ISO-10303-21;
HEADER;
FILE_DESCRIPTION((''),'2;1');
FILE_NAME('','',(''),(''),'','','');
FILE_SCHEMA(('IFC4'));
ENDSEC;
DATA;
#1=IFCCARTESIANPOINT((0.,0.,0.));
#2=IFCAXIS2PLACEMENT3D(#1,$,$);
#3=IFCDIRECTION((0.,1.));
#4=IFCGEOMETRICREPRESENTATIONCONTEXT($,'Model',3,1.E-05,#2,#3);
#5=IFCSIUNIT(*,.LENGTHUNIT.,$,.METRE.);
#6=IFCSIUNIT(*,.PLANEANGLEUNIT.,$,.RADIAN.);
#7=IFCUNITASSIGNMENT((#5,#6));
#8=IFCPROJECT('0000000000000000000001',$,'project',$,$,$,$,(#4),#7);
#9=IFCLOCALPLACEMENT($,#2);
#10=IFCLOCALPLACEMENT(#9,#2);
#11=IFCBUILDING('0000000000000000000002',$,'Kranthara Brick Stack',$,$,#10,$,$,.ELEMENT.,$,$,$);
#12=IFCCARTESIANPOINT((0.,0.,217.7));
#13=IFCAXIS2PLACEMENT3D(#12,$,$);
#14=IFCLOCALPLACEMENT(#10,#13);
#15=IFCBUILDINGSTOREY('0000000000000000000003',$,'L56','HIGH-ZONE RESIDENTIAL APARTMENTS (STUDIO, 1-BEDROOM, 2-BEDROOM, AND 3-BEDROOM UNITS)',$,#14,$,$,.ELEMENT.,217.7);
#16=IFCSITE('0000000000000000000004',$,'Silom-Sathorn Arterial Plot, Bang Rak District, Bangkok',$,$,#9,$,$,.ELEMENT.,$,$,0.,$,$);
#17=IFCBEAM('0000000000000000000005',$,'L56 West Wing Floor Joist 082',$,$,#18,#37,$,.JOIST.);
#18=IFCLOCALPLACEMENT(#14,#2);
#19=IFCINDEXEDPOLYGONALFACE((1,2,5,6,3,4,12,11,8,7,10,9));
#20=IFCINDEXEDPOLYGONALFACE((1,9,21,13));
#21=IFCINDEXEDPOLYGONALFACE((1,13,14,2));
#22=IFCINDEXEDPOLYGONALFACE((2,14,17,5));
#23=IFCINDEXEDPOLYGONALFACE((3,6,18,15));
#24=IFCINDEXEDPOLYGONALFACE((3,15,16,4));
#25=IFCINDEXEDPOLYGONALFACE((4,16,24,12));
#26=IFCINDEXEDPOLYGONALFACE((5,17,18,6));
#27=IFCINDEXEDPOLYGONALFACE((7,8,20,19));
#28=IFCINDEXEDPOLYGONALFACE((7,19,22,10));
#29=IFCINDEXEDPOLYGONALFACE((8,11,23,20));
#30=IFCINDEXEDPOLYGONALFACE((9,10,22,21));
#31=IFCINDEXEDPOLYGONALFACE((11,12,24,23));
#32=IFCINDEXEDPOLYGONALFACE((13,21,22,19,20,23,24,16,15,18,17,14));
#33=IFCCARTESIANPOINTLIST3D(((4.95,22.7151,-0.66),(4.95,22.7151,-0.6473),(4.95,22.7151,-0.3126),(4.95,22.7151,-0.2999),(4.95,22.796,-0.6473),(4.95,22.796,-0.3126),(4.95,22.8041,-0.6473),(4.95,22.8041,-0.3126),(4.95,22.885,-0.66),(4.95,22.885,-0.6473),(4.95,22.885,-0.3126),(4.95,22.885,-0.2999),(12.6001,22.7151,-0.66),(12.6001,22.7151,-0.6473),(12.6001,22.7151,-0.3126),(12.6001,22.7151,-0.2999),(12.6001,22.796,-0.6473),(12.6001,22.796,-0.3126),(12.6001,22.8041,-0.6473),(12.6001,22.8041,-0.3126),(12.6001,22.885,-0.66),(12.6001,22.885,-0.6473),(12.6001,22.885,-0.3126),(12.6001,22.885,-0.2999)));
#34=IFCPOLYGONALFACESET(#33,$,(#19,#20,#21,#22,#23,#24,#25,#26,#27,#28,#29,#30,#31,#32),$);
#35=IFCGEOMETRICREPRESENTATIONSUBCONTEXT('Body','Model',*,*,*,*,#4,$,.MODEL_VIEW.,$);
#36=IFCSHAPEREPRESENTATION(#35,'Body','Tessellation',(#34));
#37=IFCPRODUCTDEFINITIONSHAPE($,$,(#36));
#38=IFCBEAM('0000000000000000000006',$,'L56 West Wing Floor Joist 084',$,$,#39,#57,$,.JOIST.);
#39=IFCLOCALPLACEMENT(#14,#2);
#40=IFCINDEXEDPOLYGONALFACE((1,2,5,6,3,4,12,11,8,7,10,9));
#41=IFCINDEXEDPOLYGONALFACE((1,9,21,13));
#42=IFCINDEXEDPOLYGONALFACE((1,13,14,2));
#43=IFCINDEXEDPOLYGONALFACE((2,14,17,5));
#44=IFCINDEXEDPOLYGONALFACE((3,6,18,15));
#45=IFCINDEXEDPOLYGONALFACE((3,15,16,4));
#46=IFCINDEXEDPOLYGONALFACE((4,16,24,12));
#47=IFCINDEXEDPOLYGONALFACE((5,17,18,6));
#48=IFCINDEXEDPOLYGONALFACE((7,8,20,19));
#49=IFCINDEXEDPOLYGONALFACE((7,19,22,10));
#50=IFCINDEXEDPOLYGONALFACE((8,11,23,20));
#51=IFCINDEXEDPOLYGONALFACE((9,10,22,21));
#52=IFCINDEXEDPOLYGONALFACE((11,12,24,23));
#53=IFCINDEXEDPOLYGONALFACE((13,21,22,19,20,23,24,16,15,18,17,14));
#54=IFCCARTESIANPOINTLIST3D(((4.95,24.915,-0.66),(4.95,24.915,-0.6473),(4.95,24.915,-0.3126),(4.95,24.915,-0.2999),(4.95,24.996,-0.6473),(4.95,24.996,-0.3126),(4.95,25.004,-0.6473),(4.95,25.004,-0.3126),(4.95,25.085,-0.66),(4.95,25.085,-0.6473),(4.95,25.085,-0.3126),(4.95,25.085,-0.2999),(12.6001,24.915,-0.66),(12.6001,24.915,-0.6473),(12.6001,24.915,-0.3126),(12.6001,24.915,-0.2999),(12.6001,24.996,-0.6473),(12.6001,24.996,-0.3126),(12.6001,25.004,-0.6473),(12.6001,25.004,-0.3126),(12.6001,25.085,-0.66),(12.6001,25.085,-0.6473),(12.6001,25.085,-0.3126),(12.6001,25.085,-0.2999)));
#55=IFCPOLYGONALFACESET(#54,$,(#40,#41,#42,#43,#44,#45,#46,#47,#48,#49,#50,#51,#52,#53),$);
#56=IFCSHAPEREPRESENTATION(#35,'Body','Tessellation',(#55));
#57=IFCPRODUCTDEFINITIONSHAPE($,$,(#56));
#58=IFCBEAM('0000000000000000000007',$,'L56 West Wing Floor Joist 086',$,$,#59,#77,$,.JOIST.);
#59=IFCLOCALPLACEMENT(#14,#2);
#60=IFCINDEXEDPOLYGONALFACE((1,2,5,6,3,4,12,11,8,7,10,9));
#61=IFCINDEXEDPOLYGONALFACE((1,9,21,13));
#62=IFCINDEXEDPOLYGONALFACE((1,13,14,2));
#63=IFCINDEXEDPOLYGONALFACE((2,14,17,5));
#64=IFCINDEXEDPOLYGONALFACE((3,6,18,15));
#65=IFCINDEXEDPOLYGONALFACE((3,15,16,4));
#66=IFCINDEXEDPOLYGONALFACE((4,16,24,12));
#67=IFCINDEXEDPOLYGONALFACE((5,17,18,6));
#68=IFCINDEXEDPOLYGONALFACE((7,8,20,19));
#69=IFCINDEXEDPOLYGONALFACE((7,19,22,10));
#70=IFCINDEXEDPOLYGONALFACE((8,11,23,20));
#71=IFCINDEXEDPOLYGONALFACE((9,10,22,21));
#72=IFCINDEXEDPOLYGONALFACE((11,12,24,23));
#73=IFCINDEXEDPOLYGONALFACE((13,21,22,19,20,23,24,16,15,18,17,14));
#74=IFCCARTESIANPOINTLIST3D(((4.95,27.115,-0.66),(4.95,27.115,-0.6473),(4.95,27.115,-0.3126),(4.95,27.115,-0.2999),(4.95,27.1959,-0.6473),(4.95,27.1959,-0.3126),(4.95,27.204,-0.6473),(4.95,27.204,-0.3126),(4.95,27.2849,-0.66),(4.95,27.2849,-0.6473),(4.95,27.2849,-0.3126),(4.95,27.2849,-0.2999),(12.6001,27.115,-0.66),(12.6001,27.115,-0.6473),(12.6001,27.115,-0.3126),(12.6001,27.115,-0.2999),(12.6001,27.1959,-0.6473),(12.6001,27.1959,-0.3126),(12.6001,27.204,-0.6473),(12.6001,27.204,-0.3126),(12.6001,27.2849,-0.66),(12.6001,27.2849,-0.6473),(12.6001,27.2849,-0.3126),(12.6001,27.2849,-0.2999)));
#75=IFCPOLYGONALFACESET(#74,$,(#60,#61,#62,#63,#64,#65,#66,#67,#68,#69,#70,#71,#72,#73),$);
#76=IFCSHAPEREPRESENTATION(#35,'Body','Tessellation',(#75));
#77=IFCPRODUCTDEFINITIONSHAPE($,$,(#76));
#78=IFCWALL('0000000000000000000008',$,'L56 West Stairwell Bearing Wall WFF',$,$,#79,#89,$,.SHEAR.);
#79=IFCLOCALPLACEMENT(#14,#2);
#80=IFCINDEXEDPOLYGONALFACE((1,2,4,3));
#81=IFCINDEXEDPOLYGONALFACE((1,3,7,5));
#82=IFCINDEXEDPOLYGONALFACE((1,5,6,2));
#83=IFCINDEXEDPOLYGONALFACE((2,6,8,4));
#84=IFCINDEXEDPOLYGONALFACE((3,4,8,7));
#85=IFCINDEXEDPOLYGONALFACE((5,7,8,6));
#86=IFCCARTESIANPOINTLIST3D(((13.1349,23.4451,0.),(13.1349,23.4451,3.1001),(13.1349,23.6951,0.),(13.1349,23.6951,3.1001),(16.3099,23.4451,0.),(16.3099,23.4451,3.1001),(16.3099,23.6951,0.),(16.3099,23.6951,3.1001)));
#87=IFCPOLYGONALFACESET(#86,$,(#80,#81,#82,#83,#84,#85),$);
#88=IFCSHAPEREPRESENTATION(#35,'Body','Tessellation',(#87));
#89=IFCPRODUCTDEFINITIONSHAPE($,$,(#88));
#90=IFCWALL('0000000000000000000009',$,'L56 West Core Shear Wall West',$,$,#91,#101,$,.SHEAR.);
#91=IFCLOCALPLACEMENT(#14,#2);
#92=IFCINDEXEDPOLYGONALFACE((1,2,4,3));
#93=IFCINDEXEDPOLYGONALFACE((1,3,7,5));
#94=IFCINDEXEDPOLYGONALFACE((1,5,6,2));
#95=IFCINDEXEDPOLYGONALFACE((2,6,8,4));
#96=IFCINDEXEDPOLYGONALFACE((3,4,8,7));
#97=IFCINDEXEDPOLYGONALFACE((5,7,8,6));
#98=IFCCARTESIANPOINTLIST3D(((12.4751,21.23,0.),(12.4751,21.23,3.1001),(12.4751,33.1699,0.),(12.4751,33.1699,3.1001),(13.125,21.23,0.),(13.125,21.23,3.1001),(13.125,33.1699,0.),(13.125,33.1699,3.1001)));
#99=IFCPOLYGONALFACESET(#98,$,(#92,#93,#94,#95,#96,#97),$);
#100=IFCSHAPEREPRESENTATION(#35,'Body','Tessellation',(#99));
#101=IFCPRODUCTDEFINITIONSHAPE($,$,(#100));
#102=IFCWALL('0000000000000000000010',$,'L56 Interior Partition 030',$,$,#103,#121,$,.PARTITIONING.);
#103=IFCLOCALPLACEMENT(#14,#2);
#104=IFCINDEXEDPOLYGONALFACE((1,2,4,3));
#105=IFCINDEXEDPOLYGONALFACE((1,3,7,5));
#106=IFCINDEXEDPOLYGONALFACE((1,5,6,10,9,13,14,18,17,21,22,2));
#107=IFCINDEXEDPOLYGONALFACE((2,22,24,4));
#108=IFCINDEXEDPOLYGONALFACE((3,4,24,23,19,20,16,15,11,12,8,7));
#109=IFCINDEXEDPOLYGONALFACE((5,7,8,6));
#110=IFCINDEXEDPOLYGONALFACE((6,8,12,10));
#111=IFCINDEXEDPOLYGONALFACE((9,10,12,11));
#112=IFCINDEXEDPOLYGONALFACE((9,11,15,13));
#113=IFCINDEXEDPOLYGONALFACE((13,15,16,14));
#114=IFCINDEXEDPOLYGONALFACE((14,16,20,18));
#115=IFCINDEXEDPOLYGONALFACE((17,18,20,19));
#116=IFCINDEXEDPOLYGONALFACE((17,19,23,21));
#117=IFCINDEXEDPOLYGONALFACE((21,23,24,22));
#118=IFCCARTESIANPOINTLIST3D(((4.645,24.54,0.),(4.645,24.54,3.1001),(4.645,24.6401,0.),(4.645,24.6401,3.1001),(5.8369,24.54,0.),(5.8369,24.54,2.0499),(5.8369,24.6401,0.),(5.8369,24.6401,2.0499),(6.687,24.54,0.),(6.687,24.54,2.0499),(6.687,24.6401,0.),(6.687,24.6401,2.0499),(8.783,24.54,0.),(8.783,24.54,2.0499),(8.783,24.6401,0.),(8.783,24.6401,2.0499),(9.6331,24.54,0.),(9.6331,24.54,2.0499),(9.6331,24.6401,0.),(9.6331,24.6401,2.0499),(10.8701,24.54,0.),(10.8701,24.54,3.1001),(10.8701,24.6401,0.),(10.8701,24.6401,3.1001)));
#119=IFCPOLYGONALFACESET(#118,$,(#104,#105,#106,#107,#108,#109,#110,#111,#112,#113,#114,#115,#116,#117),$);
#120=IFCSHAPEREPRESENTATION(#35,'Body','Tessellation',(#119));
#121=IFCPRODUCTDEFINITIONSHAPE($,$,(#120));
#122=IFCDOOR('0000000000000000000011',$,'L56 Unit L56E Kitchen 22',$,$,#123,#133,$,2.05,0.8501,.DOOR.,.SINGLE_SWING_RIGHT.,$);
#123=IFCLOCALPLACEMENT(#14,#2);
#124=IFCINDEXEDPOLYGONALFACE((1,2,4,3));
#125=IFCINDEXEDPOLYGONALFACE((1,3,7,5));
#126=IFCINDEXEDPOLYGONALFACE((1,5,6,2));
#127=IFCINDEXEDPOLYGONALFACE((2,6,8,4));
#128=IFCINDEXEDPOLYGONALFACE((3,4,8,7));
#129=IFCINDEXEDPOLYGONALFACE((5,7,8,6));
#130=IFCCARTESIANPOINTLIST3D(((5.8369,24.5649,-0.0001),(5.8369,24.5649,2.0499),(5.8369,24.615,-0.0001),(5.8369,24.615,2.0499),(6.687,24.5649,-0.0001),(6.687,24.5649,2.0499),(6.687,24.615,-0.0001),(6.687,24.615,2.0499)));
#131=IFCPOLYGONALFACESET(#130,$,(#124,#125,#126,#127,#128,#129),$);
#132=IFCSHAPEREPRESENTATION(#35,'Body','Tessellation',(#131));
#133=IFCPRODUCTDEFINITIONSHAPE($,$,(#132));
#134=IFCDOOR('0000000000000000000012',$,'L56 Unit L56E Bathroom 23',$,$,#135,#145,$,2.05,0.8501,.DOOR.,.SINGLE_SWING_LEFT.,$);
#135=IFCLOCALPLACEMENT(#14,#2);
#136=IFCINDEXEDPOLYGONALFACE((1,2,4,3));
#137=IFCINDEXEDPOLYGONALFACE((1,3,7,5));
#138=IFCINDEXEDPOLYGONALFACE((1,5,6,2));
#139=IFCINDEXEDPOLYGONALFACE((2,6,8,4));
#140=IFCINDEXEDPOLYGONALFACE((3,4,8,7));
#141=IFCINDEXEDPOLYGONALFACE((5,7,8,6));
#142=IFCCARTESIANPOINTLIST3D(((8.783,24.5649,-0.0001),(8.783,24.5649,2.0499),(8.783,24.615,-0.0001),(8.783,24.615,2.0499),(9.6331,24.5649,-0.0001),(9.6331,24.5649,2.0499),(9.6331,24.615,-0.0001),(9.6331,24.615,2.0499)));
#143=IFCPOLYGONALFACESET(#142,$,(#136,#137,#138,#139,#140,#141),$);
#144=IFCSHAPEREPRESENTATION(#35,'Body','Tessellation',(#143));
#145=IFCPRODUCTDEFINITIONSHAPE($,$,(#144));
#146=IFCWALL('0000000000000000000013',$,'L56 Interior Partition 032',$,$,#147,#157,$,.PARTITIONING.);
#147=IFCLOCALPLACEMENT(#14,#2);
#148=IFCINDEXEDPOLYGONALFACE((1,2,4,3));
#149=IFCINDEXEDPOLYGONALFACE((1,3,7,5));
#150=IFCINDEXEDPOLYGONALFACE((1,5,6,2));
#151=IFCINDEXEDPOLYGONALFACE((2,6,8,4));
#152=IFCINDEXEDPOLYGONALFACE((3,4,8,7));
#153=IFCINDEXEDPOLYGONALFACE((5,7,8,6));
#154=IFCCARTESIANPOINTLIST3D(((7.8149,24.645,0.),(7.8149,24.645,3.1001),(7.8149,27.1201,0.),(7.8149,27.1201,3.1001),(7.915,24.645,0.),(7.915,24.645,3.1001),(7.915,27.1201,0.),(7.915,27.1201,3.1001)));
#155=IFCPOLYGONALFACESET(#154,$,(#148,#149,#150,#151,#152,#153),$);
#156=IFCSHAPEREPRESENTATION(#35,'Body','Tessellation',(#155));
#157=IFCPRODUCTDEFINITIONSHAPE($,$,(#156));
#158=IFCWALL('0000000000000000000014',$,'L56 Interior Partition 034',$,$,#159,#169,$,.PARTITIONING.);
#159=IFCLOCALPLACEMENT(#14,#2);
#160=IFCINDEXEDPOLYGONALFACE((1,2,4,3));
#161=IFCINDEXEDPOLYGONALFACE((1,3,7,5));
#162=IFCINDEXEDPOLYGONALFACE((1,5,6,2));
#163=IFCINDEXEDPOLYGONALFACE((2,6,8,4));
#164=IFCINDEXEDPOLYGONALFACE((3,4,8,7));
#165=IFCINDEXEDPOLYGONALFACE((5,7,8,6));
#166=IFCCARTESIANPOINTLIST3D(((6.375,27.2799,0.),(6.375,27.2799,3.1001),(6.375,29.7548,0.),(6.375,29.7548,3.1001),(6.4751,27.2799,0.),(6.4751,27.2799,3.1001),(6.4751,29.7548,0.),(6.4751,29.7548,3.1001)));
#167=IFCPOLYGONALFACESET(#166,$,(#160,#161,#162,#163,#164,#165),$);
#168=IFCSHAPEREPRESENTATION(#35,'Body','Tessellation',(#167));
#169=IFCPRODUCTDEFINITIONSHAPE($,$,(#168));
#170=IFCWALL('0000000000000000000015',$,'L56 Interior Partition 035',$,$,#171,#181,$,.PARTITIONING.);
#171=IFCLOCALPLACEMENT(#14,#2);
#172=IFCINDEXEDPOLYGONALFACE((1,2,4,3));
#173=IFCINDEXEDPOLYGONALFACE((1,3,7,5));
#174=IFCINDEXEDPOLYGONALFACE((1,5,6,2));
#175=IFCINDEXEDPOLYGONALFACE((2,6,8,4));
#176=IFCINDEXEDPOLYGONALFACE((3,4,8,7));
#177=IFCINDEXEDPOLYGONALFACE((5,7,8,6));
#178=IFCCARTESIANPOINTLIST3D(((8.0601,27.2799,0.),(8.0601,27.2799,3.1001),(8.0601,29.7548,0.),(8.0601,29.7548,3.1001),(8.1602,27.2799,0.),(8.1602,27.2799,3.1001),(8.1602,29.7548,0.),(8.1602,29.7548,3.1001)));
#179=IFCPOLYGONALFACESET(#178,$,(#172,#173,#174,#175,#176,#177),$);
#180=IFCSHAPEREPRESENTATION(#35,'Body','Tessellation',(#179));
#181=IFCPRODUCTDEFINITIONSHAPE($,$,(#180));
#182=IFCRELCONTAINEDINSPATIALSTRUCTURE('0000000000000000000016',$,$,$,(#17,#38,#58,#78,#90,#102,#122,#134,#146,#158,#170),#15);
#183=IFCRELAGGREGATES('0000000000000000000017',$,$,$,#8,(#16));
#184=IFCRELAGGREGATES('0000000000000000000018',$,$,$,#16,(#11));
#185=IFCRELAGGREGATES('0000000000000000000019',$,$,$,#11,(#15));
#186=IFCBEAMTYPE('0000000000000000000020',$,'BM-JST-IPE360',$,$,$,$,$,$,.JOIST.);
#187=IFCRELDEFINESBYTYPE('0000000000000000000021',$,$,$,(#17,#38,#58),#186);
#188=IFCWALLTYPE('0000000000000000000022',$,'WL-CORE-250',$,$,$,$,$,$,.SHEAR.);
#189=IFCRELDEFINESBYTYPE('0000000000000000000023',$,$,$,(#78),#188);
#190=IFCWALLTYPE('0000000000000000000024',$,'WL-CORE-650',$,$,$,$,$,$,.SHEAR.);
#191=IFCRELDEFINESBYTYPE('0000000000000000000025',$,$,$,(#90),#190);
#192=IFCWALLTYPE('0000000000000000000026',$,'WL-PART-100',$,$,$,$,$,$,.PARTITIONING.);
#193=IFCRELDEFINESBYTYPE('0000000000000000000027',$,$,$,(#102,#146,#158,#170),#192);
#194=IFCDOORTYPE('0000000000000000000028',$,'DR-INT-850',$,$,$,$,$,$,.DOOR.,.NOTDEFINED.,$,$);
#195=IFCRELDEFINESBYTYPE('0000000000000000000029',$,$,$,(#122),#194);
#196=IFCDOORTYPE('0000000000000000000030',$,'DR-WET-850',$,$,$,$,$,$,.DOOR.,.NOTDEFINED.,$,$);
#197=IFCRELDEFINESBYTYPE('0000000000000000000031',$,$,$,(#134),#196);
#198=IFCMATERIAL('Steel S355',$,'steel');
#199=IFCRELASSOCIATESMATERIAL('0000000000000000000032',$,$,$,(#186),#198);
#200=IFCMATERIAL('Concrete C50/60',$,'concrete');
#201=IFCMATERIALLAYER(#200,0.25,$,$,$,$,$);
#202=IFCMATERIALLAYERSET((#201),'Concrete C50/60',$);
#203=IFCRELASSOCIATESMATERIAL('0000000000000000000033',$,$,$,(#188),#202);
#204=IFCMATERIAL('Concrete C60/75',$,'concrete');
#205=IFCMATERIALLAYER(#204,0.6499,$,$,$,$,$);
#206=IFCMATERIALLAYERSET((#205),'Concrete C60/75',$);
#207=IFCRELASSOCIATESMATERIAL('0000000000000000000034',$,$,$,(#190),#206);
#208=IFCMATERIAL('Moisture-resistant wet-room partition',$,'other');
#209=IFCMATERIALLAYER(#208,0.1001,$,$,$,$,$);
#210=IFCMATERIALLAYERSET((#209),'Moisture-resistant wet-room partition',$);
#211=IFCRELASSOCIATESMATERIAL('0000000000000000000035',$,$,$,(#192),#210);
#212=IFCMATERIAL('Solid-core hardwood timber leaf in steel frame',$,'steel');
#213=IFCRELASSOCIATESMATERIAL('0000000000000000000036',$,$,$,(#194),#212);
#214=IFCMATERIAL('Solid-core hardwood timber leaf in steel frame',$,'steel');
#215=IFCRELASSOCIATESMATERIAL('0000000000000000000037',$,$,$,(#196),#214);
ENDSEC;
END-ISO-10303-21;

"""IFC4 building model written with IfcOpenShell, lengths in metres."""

from ifc_helpers import new_model, si_unit, direction, frame, frame_2d, origin, origin_2d, place, context, subcontext, project, spatial, rectangle, i_section, extrude, material, layer, layer_set, material_profile, profile_set, type_object, element, fill, save


model = new_model("IFC4")

# Units and contexts
model_context = context("Model", 3, precision=1e-05, world=origin(), true_north=direction((0.0, 1.0)))
body_context = subcontext(model_context, "Body", "Model", "MODEL_VIEW")
ifc_project = project(units=[si_unit("LENGTHUNIT", "METRE"), si_unit("PLANEANGLEUNIT", "RADIAN")], contexts=[model_context])

# Site, building, storey
site_placement = place(None, origin())
site = spatial("IfcSite", under=ifc_project, at=site_placement, Name="Silom-Sathorn Arterial Plot, Bang Rak District, Bangkok", CompositionType="ELEMENT", RefElevation=0.0)
building_placement = place(site_placement, origin())
building = spatial("IfcBuilding", under=site, at=building_placement, Name="Kranthara Brick Stack", CompositionType="ELEMENT")
storey_placement = place(building_placement, frame((0.0, 0.0, 217.7)))
storey = spatial("IfcBuildingStorey", under=building, at=storey_placement, Name="L56", Description="HIGH-ZONE RESIDENTIAL APARTMENTS (STUDIO, 1-BEDROOM, 2-BEDROOM, AND 3-BEDROOM UNITS)", CompositionType="ELEMENT", Elevation=217.7)

# Beams
ifc_material_1 = material(Name="Steel S355", Category="steel")
ifc_material_profile = material_profile(ifc_material_1, i_section(OverallWidth=0.1699, OverallDepth=0.3601, WebThickness=0.0081, FlangeThickness=0.0127, at=origin_2d()), Name="IPE 360")
ifc_profile_set = profile_set([ifc_material_profile], Name="Steel S355")
beam_type = type_object("IfcBeamType", Name="BM-JST-IPE360", PredefinedType="JOIST", material=ifc_profile_set)
for number, where, z_axis, x_axis, name in (
    (1, (4.95, 22.8, -0.48), (1.0, 0.0, 0.0), (0.0, 1.0, 0.0), "L56 West Wing Floor Joist 082"),
    (2, (4.95, 25.0, -0.48), (1.0, 0.0, 0.0), (0.0, 1.0, 0.0), "L56 West Wing Floor Joist 084"),
    (3, (4.95, 27.2, -0.48), (1.0, 0.0, 0.0), (0.0, 1.0, 0.0), "L56 West Wing Floor Joist 086"),
):
    element("IfcBeam", number, at=place(storey_placement, frame(where, z_axis=z_axis, x_axis=x_axis)), inside=storey, type_object=beam_type, Name=name, PredefinedType="JOIST", context=body_context, shape_type="SweptSolid", body=[
        extrude(i_section(OverallWidth=0.1699, OverallDepth=0.3601, WebThickness=0.0081, FlangeThickness=0.0127, at=origin_2d()), origin(), (0.0, 0.0, 1.0), 7.6501),
    ])

# Walls
ifc_material_2 = material(Name="Concrete C50/60", Category="concrete")
ifc_layer_1 = layer(ifc_material_2, 0.25)
ifc_layer_set_1 = layer_set([ifc_layer_1], Name="Concrete C50/60")
wall_type_1 = type_object("IfcWallType", Name="WL-CORE-250", PredefinedType="SHEAR", material=ifc_layer_set_1)
wall_1_placement = place(storey_placement, frame((13.135, 23.5701, 0.0), z_axis=(0.0, 0.0, 1.0), x_axis=(1.0, 0.0, 0.0)))
element("IfcWall", 4, at=wall_1_placement, inside=storey, type_object=wall_type_1, Name="L56 West Stairwell Bearing Wall WFF", PredefinedType="SHEAR", context=body_context, shape_type="SweptSolid", body=[
    extrude(rectangle(XDim=3.175, YDim=0.25, at=frame_2d((1.5874, 0.0))), origin(), (0.0, 0.0, 1.0), 3.1001),
])
ifc_material_3 = material(Name="Concrete C60/75", Category="concrete")
ifc_layer_2 = layer(ifc_material_3, 0.6499)
ifc_layer_set_2 = layer_set([ifc_layer_2], Name="Concrete C60/75")
wall_type_2 = type_object("IfcWallType", Name="WL-CORE-650", PredefinedType="SHEAR", material=ifc_layer_set_2)
wall_2_placement = place(storey_placement, frame((12.8, 21.23, 0.0), z_axis=(0.0, 0.0, 1.0), x_axis=(0.0, 1.0, 0.0)))
element("IfcWall", 5, at=wall_2_placement, inside=storey, type_object=wall_type_2, Name="L56 West Core Shear Wall West", PredefinedType="SHEAR", context=body_context, shape_type="SweptSolid", body=[
    extrude(rectangle(XDim=11.9399, YDim=0.6499, at=frame_2d((5.97, 0.0))), origin(), (0.0, 0.0, 1.0), 3.1001),
])

# Wall, openings, doors
ifc_material_4 = material(Name="Moisture-resistant wet-room partition", Category="other")
ifc_layer_3 = layer(ifc_material_4, 0.1001)
ifc_layer_set_3 = layer_set([ifc_layer_3], Name="Moisture-resistant wet-room partition")
wall_type_3 = type_object("IfcWallType", Name="WL-PART-100", PredefinedType="PARTITIONING", material=ifc_layer_set_3)
wall_3_placement = place(storey_placement, frame((4.645, 24.5901, 0.0), z_axis=(0.0, 0.0, 1.0), x_axis=(1.0, 0.0, 0.0)))
wall_3 = element("IfcWall", 6, at=wall_3_placement, inside=storey, type_object=wall_type_3, Name="L56 Interior Partition 030", PredefinedType="PARTITIONING", context=body_context, shape_type="SweptSolid", body=[
    extrude(rectangle(XDim=6.2251, YDim=0.1001, at=frame_2d((3.1125, 0.0))), origin(), (0.0, 0.0, 1.0), 3.1001),
])
opening_1_placement = place(wall_3_placement, frame((1.1919, 0.0, 0.0)))
opening_1 = element("IfcOpeningElement", 7, at=opening_1_placement, cuts=wall_3, PredefinedType="OPENING", context=body_context, shape_type="SweptSolid", body=[
    extrude(rectangle(XDim=0.8501, YDim=2.05, at=frame_2d((0.425, 1.0249))), frame((0.0, 0.0601, 0.0), z_axis=(0.0, -1.0, 0.0), x_axis=(1.0, 0.0, 0.0)), (0.0, 0.0, 1.0), 0.1201),
])
opening_2_placement = place(wall_3_placement, frame((4.1379, 0.0, 0.0)))
opening_2 = element("IfcOpeningElement", 8, at=opening_2_placement, cuts=wall_3, PredefinedType="OPENING", context=body_context, shape_type="SweptSolid", body=[
    extrude(rectangle(XDim=0.8501, YDim=2.05, at=frame_2d((0.425, 1.0249))), frame((0.0, 0.0601, 0.0), z_axis=(0.0, -1.0, 0.0), x_axis=(1.0, 0.0, 0.0)), (0.0, 0.0, 1.0), 0.1201),
])
ifc_material_5 = material(Name="Solid-core hardwood timber leaf in steel frame", Category="steel")
door_type_1 = type_object("IfcDoorType", Name="DR-INT-850", OperationType="NOTDEFINED", PredefinedType="DOOR", material=ifc_material_5)
door_1_placement = place(opening_1_placement, origin())
door_1 = element("IfcDoor", 9, at=door_1_placement, inside=storey, type_object=door_type_1, Name="L56 Unit L56E Kitchen 22", OperationType="SINGLE_SWING_RIGHT", OverallHeight=2.05, OverallWidth=0.8501, PredefinedType="DOOR", context=body_context, shape_type="SweptSolid", body=[
    extrude(rectangle(XDim=0.8501, YDim=2.05, at=frame_2d((0.425, 1.0249))), frame((0.0, 0.0249, 0.0), z_axis=(0.0, -1.0, 0.0), x_axis=(1.0, 0.0, 0.0)), (0.0, 0.0, 1.0), 0.05),
])
fill(opening_1, door_1)
ifc_material_6 = material(Name="Solid-core hardwood timber leaf in steel frame", Category="steel")
door_type_2 = type_object("IfcDoorType", Name="DR-WET-850", OperationType="NOTDEFINED", PredefinedType="DOOR", material=ifc_material_6)
door_2_placement = place(opening_2_placement, origin())
door_2 = element("IfcDoor", 10, at=door_2_placement, inside=storey, type_object=door_type_2, Name="L56 Unit L56E Bathroom 23", OperationType="SINGLE_SWING_LEFT", OverallHeight=2.05, OverallWidth=0.8501, PredefinedType="DOOR", context=body_context, shape_type="SweptSolid", body=[
    extrude(rectangle(XDim=0.8501, YDim=2.05, at=frame_2d((0.425, 1.0249))), frame((0.0, 0.0249, 0.0), z_axis=(0.0, -1.0, 0.0), x_axis=(1.0, 0.0, 0.0)), (0.0, 0.0, 1.0), 0.05),
])
fill(opening_2, door_2)

# Walls
wall_4_placement = place(storey_placement, frame((7.865, 24.645, 0.0), z_axis=(0.0, 0.0, 1.0), x_axis=(0.0, 1.0, 0.0)))
element("IfcWall", 11, at=wall_4_placement, inside=storey, type_object=wall_type_3, Name="L56 Interior Partition 032", PredefinedType="PARTITIONING", context=body_context, shape_type="SweptSolid", body=[
    extrude(rectangle(XDim=2.4751, YDim=0.1001, at=frame_2d((1.2375, 0.0))), origin(), (0.0, 0.0, 1.0), 3.1001),
])
for number, where, z_axis, x_axis, name in (
    (12, (6.425, 27.28, 0.0), (0.0, 0.0, 1.0), (0.0, 1.0, 0.0), "L56 Interior Partition 034"),
    (13, (8.1101, 27.28, 0.0), (0.0, 0.0, 1.0), (0.0, 1.0, 0.0), "L56 Interior Partition 035"),
):
    element("IfcWall", number, at=place(storey_placement, frame(where, z_axis=z_axis, x_axis=x_axis)), inside=storey, type_object=wall_type_3, Name=name, PredefinedType="PARTITIONING", context=body_context, shape_type="SweptSolid", body=[
        extrude(rectangle(XDim=2.4749, YDim=0.1001, at=frame_2d((1.2373, 0.0))), origin(), (0.0, 0.0, 1.0), 3.1001),
    ])

save(model, "model.ifc")
